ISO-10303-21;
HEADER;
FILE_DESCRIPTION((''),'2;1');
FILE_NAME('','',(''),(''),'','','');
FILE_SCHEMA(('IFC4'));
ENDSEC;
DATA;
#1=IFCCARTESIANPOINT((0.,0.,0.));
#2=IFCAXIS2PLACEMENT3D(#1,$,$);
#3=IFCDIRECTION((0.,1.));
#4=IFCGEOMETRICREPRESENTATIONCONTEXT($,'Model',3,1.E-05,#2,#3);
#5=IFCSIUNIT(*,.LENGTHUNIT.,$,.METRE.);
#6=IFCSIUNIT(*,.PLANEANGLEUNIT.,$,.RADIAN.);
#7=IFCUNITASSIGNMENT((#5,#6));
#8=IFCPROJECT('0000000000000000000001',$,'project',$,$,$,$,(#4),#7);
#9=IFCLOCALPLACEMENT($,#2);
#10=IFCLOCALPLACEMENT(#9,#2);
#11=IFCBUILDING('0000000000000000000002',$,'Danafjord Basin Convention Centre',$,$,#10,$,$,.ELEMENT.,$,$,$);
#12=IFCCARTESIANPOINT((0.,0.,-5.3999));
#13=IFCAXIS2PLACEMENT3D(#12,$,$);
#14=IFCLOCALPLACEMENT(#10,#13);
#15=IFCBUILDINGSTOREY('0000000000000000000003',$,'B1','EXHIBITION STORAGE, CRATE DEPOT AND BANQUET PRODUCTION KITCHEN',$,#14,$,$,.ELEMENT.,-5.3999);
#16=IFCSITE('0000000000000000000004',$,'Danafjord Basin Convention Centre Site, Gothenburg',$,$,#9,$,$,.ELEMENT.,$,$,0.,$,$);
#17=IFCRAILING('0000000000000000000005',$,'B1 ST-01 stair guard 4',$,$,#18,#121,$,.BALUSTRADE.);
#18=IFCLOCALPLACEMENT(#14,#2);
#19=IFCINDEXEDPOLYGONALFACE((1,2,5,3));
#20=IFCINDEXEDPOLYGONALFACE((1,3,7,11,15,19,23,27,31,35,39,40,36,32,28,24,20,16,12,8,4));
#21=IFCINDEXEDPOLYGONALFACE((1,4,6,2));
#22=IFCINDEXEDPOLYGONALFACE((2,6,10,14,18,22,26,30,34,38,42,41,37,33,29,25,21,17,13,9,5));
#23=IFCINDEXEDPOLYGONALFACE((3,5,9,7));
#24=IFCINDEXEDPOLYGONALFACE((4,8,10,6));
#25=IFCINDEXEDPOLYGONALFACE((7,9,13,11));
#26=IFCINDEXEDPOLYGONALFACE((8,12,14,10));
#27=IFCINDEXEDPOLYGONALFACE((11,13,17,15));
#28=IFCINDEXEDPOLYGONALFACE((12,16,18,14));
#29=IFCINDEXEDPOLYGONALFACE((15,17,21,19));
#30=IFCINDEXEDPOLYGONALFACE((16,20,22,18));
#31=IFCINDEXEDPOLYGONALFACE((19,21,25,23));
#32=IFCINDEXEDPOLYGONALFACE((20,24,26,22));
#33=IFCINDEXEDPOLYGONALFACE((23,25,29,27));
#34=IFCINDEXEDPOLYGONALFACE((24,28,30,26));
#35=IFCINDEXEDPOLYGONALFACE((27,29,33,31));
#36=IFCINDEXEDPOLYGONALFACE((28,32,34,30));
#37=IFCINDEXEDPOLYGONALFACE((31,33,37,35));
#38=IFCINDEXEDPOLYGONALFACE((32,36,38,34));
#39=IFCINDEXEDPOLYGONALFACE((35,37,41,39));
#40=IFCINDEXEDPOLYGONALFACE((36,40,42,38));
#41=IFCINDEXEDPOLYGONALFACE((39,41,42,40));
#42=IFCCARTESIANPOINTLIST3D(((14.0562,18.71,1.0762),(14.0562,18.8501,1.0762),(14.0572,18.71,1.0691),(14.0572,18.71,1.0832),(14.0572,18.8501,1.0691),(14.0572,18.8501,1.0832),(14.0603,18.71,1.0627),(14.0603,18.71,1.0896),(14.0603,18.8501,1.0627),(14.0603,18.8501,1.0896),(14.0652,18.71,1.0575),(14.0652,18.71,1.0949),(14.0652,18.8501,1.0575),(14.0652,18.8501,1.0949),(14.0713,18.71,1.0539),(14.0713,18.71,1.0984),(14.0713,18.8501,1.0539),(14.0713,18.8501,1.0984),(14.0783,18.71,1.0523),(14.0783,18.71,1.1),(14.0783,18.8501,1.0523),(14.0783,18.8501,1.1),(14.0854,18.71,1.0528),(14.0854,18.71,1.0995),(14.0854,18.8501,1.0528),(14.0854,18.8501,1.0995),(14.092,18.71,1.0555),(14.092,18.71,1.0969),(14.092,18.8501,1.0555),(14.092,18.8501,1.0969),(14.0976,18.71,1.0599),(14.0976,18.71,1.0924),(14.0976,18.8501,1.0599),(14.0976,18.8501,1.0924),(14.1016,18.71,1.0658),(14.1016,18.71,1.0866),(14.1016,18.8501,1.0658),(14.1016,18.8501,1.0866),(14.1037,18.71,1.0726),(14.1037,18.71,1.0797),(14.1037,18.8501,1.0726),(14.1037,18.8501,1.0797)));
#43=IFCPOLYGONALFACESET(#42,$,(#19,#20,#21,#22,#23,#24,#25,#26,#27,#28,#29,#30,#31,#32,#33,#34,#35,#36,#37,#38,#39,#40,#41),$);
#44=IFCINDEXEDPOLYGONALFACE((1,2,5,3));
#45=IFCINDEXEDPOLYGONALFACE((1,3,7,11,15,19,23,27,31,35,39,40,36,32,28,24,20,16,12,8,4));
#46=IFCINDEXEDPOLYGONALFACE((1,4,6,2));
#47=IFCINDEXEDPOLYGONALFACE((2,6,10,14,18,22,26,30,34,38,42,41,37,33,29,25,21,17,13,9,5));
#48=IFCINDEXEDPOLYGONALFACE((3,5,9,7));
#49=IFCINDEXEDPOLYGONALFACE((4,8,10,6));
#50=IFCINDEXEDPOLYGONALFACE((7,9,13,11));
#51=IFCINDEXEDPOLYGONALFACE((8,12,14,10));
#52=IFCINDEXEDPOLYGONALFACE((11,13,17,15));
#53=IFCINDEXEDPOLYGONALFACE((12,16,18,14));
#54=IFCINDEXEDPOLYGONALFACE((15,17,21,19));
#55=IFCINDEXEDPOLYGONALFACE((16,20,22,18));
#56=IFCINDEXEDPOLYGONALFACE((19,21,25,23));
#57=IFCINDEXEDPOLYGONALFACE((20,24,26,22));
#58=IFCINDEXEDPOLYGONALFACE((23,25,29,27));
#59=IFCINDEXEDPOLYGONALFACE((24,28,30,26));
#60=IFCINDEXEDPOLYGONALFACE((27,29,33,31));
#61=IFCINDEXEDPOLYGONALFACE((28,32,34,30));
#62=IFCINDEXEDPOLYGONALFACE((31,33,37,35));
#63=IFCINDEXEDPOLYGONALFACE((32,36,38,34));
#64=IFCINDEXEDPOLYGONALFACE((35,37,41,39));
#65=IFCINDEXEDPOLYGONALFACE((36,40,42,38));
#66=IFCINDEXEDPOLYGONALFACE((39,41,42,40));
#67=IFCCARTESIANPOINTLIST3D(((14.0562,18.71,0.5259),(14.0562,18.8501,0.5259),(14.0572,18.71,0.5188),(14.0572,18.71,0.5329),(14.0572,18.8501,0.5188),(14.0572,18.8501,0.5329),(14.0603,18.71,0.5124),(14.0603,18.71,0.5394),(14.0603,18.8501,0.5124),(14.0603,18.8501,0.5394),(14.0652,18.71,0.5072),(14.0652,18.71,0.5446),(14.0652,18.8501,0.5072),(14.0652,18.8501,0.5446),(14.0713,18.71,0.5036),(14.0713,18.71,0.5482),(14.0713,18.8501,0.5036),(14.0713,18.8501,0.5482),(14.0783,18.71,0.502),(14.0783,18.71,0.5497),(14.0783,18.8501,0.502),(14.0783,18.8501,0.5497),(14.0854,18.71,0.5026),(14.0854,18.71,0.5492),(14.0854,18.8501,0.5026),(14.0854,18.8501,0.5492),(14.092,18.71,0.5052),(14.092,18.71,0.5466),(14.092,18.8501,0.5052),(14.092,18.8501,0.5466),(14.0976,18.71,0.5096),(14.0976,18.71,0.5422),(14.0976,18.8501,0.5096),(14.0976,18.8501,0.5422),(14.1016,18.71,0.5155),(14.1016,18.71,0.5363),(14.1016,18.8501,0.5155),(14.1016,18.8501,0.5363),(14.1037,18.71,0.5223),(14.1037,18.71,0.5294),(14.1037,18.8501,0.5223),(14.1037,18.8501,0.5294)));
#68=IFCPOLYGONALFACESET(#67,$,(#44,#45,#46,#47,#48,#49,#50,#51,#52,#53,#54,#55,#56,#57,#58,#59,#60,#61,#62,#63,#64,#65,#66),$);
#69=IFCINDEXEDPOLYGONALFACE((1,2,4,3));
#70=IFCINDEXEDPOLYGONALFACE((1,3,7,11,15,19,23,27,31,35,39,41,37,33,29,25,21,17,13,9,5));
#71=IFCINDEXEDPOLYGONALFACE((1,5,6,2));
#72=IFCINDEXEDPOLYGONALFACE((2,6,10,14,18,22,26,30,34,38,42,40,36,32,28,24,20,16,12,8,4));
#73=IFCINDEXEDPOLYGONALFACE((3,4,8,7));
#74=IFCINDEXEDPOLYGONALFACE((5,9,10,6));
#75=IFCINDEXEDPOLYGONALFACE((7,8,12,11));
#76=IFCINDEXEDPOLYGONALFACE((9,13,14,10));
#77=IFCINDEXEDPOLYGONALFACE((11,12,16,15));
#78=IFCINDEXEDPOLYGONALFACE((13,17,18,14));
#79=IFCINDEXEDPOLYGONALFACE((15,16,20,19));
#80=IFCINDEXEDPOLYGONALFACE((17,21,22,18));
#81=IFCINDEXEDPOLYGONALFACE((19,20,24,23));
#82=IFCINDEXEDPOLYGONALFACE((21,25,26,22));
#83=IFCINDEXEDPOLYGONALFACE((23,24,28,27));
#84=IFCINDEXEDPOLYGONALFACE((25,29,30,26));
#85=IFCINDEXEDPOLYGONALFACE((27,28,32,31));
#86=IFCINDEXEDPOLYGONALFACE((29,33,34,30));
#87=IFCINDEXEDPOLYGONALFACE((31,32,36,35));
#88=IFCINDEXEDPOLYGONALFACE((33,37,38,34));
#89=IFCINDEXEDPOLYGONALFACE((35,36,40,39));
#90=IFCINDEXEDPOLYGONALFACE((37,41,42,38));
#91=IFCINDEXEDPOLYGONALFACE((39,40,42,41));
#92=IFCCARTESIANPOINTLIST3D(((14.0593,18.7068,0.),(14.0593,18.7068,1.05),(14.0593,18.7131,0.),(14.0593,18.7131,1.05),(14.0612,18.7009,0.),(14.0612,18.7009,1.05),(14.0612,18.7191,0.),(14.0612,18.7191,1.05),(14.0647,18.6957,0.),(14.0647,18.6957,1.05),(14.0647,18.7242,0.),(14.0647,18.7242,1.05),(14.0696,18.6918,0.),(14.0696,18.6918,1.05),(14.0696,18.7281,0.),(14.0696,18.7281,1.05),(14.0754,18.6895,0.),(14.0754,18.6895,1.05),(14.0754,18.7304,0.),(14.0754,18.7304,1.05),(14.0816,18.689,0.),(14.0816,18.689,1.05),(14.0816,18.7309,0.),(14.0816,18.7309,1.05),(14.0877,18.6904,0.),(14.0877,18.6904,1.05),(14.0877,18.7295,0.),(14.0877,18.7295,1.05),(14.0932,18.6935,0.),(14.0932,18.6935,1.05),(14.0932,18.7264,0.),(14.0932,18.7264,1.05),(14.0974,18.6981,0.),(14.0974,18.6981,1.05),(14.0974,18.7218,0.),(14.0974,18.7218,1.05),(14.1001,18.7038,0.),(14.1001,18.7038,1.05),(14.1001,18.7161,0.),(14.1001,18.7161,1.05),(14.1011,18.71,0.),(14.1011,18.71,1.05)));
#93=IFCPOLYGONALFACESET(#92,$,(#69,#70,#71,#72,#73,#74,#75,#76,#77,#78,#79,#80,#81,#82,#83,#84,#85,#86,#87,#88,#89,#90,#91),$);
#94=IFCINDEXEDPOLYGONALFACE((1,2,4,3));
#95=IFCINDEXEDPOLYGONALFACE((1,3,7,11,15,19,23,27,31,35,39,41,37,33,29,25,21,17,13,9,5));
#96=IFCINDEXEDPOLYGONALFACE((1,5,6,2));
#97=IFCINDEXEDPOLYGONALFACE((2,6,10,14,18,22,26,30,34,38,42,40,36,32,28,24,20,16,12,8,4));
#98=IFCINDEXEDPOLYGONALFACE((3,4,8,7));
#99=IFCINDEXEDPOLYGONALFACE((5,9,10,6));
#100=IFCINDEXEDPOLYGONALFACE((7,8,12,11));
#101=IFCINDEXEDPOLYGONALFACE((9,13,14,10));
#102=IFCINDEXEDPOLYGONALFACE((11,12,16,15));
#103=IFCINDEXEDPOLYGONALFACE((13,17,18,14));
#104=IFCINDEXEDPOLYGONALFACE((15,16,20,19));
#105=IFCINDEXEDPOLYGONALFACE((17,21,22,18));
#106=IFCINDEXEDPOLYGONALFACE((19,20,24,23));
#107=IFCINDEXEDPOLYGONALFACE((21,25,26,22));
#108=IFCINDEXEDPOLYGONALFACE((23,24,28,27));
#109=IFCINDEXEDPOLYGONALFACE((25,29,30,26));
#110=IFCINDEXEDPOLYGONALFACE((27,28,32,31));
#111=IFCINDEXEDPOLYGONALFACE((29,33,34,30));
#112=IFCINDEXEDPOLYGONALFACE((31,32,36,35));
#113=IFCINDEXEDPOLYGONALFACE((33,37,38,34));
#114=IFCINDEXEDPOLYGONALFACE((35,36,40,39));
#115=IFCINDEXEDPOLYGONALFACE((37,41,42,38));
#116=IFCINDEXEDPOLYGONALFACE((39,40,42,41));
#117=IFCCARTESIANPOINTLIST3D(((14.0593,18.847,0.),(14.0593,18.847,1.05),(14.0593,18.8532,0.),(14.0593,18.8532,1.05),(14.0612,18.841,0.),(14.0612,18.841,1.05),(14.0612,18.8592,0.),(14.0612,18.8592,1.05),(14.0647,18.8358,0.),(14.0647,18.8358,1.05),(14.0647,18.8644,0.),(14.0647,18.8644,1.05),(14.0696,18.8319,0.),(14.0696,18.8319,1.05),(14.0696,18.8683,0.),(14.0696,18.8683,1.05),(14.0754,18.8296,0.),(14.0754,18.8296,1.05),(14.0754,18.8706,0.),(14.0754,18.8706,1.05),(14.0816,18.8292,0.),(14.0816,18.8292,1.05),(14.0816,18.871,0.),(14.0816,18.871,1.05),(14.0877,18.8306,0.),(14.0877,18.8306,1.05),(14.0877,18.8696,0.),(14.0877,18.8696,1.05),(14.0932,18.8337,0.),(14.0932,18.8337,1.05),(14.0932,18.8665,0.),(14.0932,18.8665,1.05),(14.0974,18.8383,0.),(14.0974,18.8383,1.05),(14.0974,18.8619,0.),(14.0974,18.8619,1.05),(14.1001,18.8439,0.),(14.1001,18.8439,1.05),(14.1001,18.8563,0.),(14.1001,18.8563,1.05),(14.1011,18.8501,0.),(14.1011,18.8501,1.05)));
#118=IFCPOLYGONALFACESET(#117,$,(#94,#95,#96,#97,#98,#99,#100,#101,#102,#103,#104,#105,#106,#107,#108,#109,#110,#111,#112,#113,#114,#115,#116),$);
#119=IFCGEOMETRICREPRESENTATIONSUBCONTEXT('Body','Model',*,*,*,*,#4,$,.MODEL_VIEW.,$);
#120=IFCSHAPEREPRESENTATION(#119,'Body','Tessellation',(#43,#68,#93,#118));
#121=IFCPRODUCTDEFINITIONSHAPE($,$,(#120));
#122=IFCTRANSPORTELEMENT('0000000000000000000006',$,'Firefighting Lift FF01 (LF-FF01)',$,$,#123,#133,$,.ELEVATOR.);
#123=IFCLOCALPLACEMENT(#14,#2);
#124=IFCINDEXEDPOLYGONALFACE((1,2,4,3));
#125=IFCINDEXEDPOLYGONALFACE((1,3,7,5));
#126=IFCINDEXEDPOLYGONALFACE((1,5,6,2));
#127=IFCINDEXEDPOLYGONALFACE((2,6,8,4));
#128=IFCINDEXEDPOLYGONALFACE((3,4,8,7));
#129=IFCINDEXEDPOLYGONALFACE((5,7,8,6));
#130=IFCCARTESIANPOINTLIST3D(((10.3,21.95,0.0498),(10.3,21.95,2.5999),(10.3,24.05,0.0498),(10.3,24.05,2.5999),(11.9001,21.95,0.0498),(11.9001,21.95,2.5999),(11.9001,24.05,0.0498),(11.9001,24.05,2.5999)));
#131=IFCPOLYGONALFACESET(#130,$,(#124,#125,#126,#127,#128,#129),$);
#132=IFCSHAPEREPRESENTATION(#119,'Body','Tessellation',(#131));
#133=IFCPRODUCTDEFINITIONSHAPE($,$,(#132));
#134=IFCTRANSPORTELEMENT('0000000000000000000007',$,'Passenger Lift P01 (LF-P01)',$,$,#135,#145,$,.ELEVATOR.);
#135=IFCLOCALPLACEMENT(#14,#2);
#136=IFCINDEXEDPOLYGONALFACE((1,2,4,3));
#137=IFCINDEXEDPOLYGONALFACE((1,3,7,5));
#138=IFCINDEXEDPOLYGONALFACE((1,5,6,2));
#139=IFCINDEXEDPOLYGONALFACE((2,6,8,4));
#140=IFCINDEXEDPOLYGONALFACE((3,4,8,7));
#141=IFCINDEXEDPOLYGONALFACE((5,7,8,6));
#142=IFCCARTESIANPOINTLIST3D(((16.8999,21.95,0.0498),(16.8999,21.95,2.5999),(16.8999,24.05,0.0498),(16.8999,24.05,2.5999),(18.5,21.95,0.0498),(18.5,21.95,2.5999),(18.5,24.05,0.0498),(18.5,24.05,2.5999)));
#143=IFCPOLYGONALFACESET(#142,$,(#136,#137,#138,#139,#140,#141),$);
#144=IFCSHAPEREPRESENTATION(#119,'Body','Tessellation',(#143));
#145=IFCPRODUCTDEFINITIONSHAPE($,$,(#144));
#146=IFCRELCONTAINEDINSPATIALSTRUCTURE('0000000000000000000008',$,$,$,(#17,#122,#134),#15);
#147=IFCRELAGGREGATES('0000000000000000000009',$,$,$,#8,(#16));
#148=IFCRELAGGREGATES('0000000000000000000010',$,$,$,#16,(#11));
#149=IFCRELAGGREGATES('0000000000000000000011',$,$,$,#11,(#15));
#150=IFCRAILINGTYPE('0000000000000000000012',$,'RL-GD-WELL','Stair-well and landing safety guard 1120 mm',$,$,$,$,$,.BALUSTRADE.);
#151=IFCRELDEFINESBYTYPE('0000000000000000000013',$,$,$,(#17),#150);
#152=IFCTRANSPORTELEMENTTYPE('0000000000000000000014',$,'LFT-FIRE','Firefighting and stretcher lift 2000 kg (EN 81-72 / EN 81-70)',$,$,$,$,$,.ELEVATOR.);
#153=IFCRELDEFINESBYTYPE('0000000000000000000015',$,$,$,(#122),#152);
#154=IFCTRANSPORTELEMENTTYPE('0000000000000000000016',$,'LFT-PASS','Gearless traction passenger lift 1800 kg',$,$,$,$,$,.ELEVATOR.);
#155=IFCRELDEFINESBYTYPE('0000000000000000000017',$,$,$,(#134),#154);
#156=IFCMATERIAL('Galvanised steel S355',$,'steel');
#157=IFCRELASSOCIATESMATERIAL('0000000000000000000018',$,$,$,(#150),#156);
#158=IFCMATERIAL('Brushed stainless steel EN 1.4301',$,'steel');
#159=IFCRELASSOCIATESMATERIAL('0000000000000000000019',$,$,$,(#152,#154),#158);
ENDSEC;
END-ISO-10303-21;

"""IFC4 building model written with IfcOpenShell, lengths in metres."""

from ifc_helpers import new_model, si_unit, direction, frame, origin, origin_2d, place, context, subcontext, project, spatial, rectangle, circle, extrude, material, type_object, element, save


model = new_model("IFC4")

# Units and contexts
model_context = context("Model", 3, precision=1e-05, world=origin(), true_north=direction((0.0, 1.0)))
body_context = subcontext(model_context, "Body", "Model", "MODEL_VIEW")
ifc_project = project(units=[si_unit("LENGTHUNIT", "METRE"), si_unit("PLANEANGLEUNIT", "RADIAN")], contexts=[model_context])

# Site, building, storey
site_placement = place(None, origin())
site = spatial("IfcSite", under=ifc_project, at=site_placement, Name="Danafjord Basin Convention Centre Site, Gothenburg", CompositionType="ELEMENT", RefElevation=0.0)
building_placement = place(site_placement, origin())
building = spatial("IfcBuilding", under=site, at=building_placement, Name="Danafjord Basin Convention Centre", CompositionType="ELEMENT")
storey_placement = place(building_placement, frame((0.0, 0.0, -5.3999)))
storey = spatial("IfcBuildingStorey", under=building, at=storey_placement, Name="B1", Description="EXHIBITION STORAGE, CRATE DEPOT AND BANQUET PRODUCTION KITCHEN", CompositionType="ELEMENT", Elevation=-5.3999)

# Railing
ifc_material_1 = material(Name="Galvanised steel S355", Category="steel")
railing_type = type_object("IfcRailingType", Name="RL-GD-WELL", Description="Stair-well and landing safety guard 1120 mm", PredefinedType="BALUSTRADE", material=ifc_material_1)
railing_1_placement = place(storey_placement, frame((14.0801, 18.71, 0.0)))
element("IfcRailing", 1, at=railing_1_placement, inside=storey, type_object=railing_type, Name="B1 ST-01 stair guard 4", PredefinedType="BALUSTRADE", context=body_context, shape_type="SweptSolid", body=[
    extrude(circle(Radius=0.0239, at=origin_2d()), frame((0.0, 0.0, 1.0762), z_axis=(0.0, 1.0, 0.0), x_axis=(-1.0, 0.0, 0.0)), (0.0, 0.0, 1.0), 0.1401),
    extrude(circle(Radius=0.0239, at=origin_2d()), frame((0.0, 0.0, 0.5259), z_axis=(0.0, 1.0, 0.0), x_axis=(-1.0, 0.0, 0.0)), (0.0, 0.0, 1.0), 0.1401),
    extrude(circle(Radius=0.021, at=origin_2d()), origin(), (0.0, 0.0, 1.0), 1.05),
    extrude(circle(Radius=0.021, at=origin_2d()), frame((0.0, 0.1401, 0.0)), (0.0, 0.0, 1.0), 1.05),
])

# Transport elements
ifc_material_2 = material(Name="Brushed stainless steel EN 1.4301", Category="steel")
transport_element_type_1 = type_object("IfcTransportElementType", Name="LFT-FIRE", Description="Firefighting and stretcher lift 2000 kg (EN 81-72 / EN 81-70)", PredefinedType="ELEVATOR", material=ifc_material_2)
transport_element_1_placement = place(storey_placement, frame((11.1001, 23.0, 0.0498), z_axis=(0.0, 0.0, 1.0), x_axis=(1.0, 0.0, 0.0)))
element("IfcTransportElement", 2, at=transport_element_1_placement, inside=storey, type_object=transport_element_type_1, Name="Firefighting Lift FF01 (LF-FF01)", PredefinedType="ELEVATOR", context=body_context, shape_type="SweptSolid", body=[
    extrude(rectangle(XDim=1.6001, YDim=2.1001, at=origin_2d()), origin(), (0.0, 0.0, 1.0), 2.55),
])
transport_element_type_2 = type_object("IfcTransportElementType", Name="LFT-PASS", Description="Gearless traction passenger lift 1800 kg", PredefinedType="ELEVATOR", material=ifc_material_2)
transport_element_2_placement = place(storey_placement, frame((17.7, 23.0, 0.0498), z_axis=(0.0, 0.0, 1.0), x_axis=(1.0, 0.0, 0.0)))
element("IfcTransportElement", 3, at=transport_element_2_placement, inside=storey, type_object=transport_element_type_2, Name="Passenger Lift P01 (LF-P01)", PredefinedType="ELEVATOR", context=body_context, shape_type="SweptSolid", body=[
    extrude(rectangle(XDim=1.6001, YDim=2.1001, at=origin_2d()), origin(), (0.0, 0.0, 1.0), 2.55),
])

save(model, "model.ifc")
